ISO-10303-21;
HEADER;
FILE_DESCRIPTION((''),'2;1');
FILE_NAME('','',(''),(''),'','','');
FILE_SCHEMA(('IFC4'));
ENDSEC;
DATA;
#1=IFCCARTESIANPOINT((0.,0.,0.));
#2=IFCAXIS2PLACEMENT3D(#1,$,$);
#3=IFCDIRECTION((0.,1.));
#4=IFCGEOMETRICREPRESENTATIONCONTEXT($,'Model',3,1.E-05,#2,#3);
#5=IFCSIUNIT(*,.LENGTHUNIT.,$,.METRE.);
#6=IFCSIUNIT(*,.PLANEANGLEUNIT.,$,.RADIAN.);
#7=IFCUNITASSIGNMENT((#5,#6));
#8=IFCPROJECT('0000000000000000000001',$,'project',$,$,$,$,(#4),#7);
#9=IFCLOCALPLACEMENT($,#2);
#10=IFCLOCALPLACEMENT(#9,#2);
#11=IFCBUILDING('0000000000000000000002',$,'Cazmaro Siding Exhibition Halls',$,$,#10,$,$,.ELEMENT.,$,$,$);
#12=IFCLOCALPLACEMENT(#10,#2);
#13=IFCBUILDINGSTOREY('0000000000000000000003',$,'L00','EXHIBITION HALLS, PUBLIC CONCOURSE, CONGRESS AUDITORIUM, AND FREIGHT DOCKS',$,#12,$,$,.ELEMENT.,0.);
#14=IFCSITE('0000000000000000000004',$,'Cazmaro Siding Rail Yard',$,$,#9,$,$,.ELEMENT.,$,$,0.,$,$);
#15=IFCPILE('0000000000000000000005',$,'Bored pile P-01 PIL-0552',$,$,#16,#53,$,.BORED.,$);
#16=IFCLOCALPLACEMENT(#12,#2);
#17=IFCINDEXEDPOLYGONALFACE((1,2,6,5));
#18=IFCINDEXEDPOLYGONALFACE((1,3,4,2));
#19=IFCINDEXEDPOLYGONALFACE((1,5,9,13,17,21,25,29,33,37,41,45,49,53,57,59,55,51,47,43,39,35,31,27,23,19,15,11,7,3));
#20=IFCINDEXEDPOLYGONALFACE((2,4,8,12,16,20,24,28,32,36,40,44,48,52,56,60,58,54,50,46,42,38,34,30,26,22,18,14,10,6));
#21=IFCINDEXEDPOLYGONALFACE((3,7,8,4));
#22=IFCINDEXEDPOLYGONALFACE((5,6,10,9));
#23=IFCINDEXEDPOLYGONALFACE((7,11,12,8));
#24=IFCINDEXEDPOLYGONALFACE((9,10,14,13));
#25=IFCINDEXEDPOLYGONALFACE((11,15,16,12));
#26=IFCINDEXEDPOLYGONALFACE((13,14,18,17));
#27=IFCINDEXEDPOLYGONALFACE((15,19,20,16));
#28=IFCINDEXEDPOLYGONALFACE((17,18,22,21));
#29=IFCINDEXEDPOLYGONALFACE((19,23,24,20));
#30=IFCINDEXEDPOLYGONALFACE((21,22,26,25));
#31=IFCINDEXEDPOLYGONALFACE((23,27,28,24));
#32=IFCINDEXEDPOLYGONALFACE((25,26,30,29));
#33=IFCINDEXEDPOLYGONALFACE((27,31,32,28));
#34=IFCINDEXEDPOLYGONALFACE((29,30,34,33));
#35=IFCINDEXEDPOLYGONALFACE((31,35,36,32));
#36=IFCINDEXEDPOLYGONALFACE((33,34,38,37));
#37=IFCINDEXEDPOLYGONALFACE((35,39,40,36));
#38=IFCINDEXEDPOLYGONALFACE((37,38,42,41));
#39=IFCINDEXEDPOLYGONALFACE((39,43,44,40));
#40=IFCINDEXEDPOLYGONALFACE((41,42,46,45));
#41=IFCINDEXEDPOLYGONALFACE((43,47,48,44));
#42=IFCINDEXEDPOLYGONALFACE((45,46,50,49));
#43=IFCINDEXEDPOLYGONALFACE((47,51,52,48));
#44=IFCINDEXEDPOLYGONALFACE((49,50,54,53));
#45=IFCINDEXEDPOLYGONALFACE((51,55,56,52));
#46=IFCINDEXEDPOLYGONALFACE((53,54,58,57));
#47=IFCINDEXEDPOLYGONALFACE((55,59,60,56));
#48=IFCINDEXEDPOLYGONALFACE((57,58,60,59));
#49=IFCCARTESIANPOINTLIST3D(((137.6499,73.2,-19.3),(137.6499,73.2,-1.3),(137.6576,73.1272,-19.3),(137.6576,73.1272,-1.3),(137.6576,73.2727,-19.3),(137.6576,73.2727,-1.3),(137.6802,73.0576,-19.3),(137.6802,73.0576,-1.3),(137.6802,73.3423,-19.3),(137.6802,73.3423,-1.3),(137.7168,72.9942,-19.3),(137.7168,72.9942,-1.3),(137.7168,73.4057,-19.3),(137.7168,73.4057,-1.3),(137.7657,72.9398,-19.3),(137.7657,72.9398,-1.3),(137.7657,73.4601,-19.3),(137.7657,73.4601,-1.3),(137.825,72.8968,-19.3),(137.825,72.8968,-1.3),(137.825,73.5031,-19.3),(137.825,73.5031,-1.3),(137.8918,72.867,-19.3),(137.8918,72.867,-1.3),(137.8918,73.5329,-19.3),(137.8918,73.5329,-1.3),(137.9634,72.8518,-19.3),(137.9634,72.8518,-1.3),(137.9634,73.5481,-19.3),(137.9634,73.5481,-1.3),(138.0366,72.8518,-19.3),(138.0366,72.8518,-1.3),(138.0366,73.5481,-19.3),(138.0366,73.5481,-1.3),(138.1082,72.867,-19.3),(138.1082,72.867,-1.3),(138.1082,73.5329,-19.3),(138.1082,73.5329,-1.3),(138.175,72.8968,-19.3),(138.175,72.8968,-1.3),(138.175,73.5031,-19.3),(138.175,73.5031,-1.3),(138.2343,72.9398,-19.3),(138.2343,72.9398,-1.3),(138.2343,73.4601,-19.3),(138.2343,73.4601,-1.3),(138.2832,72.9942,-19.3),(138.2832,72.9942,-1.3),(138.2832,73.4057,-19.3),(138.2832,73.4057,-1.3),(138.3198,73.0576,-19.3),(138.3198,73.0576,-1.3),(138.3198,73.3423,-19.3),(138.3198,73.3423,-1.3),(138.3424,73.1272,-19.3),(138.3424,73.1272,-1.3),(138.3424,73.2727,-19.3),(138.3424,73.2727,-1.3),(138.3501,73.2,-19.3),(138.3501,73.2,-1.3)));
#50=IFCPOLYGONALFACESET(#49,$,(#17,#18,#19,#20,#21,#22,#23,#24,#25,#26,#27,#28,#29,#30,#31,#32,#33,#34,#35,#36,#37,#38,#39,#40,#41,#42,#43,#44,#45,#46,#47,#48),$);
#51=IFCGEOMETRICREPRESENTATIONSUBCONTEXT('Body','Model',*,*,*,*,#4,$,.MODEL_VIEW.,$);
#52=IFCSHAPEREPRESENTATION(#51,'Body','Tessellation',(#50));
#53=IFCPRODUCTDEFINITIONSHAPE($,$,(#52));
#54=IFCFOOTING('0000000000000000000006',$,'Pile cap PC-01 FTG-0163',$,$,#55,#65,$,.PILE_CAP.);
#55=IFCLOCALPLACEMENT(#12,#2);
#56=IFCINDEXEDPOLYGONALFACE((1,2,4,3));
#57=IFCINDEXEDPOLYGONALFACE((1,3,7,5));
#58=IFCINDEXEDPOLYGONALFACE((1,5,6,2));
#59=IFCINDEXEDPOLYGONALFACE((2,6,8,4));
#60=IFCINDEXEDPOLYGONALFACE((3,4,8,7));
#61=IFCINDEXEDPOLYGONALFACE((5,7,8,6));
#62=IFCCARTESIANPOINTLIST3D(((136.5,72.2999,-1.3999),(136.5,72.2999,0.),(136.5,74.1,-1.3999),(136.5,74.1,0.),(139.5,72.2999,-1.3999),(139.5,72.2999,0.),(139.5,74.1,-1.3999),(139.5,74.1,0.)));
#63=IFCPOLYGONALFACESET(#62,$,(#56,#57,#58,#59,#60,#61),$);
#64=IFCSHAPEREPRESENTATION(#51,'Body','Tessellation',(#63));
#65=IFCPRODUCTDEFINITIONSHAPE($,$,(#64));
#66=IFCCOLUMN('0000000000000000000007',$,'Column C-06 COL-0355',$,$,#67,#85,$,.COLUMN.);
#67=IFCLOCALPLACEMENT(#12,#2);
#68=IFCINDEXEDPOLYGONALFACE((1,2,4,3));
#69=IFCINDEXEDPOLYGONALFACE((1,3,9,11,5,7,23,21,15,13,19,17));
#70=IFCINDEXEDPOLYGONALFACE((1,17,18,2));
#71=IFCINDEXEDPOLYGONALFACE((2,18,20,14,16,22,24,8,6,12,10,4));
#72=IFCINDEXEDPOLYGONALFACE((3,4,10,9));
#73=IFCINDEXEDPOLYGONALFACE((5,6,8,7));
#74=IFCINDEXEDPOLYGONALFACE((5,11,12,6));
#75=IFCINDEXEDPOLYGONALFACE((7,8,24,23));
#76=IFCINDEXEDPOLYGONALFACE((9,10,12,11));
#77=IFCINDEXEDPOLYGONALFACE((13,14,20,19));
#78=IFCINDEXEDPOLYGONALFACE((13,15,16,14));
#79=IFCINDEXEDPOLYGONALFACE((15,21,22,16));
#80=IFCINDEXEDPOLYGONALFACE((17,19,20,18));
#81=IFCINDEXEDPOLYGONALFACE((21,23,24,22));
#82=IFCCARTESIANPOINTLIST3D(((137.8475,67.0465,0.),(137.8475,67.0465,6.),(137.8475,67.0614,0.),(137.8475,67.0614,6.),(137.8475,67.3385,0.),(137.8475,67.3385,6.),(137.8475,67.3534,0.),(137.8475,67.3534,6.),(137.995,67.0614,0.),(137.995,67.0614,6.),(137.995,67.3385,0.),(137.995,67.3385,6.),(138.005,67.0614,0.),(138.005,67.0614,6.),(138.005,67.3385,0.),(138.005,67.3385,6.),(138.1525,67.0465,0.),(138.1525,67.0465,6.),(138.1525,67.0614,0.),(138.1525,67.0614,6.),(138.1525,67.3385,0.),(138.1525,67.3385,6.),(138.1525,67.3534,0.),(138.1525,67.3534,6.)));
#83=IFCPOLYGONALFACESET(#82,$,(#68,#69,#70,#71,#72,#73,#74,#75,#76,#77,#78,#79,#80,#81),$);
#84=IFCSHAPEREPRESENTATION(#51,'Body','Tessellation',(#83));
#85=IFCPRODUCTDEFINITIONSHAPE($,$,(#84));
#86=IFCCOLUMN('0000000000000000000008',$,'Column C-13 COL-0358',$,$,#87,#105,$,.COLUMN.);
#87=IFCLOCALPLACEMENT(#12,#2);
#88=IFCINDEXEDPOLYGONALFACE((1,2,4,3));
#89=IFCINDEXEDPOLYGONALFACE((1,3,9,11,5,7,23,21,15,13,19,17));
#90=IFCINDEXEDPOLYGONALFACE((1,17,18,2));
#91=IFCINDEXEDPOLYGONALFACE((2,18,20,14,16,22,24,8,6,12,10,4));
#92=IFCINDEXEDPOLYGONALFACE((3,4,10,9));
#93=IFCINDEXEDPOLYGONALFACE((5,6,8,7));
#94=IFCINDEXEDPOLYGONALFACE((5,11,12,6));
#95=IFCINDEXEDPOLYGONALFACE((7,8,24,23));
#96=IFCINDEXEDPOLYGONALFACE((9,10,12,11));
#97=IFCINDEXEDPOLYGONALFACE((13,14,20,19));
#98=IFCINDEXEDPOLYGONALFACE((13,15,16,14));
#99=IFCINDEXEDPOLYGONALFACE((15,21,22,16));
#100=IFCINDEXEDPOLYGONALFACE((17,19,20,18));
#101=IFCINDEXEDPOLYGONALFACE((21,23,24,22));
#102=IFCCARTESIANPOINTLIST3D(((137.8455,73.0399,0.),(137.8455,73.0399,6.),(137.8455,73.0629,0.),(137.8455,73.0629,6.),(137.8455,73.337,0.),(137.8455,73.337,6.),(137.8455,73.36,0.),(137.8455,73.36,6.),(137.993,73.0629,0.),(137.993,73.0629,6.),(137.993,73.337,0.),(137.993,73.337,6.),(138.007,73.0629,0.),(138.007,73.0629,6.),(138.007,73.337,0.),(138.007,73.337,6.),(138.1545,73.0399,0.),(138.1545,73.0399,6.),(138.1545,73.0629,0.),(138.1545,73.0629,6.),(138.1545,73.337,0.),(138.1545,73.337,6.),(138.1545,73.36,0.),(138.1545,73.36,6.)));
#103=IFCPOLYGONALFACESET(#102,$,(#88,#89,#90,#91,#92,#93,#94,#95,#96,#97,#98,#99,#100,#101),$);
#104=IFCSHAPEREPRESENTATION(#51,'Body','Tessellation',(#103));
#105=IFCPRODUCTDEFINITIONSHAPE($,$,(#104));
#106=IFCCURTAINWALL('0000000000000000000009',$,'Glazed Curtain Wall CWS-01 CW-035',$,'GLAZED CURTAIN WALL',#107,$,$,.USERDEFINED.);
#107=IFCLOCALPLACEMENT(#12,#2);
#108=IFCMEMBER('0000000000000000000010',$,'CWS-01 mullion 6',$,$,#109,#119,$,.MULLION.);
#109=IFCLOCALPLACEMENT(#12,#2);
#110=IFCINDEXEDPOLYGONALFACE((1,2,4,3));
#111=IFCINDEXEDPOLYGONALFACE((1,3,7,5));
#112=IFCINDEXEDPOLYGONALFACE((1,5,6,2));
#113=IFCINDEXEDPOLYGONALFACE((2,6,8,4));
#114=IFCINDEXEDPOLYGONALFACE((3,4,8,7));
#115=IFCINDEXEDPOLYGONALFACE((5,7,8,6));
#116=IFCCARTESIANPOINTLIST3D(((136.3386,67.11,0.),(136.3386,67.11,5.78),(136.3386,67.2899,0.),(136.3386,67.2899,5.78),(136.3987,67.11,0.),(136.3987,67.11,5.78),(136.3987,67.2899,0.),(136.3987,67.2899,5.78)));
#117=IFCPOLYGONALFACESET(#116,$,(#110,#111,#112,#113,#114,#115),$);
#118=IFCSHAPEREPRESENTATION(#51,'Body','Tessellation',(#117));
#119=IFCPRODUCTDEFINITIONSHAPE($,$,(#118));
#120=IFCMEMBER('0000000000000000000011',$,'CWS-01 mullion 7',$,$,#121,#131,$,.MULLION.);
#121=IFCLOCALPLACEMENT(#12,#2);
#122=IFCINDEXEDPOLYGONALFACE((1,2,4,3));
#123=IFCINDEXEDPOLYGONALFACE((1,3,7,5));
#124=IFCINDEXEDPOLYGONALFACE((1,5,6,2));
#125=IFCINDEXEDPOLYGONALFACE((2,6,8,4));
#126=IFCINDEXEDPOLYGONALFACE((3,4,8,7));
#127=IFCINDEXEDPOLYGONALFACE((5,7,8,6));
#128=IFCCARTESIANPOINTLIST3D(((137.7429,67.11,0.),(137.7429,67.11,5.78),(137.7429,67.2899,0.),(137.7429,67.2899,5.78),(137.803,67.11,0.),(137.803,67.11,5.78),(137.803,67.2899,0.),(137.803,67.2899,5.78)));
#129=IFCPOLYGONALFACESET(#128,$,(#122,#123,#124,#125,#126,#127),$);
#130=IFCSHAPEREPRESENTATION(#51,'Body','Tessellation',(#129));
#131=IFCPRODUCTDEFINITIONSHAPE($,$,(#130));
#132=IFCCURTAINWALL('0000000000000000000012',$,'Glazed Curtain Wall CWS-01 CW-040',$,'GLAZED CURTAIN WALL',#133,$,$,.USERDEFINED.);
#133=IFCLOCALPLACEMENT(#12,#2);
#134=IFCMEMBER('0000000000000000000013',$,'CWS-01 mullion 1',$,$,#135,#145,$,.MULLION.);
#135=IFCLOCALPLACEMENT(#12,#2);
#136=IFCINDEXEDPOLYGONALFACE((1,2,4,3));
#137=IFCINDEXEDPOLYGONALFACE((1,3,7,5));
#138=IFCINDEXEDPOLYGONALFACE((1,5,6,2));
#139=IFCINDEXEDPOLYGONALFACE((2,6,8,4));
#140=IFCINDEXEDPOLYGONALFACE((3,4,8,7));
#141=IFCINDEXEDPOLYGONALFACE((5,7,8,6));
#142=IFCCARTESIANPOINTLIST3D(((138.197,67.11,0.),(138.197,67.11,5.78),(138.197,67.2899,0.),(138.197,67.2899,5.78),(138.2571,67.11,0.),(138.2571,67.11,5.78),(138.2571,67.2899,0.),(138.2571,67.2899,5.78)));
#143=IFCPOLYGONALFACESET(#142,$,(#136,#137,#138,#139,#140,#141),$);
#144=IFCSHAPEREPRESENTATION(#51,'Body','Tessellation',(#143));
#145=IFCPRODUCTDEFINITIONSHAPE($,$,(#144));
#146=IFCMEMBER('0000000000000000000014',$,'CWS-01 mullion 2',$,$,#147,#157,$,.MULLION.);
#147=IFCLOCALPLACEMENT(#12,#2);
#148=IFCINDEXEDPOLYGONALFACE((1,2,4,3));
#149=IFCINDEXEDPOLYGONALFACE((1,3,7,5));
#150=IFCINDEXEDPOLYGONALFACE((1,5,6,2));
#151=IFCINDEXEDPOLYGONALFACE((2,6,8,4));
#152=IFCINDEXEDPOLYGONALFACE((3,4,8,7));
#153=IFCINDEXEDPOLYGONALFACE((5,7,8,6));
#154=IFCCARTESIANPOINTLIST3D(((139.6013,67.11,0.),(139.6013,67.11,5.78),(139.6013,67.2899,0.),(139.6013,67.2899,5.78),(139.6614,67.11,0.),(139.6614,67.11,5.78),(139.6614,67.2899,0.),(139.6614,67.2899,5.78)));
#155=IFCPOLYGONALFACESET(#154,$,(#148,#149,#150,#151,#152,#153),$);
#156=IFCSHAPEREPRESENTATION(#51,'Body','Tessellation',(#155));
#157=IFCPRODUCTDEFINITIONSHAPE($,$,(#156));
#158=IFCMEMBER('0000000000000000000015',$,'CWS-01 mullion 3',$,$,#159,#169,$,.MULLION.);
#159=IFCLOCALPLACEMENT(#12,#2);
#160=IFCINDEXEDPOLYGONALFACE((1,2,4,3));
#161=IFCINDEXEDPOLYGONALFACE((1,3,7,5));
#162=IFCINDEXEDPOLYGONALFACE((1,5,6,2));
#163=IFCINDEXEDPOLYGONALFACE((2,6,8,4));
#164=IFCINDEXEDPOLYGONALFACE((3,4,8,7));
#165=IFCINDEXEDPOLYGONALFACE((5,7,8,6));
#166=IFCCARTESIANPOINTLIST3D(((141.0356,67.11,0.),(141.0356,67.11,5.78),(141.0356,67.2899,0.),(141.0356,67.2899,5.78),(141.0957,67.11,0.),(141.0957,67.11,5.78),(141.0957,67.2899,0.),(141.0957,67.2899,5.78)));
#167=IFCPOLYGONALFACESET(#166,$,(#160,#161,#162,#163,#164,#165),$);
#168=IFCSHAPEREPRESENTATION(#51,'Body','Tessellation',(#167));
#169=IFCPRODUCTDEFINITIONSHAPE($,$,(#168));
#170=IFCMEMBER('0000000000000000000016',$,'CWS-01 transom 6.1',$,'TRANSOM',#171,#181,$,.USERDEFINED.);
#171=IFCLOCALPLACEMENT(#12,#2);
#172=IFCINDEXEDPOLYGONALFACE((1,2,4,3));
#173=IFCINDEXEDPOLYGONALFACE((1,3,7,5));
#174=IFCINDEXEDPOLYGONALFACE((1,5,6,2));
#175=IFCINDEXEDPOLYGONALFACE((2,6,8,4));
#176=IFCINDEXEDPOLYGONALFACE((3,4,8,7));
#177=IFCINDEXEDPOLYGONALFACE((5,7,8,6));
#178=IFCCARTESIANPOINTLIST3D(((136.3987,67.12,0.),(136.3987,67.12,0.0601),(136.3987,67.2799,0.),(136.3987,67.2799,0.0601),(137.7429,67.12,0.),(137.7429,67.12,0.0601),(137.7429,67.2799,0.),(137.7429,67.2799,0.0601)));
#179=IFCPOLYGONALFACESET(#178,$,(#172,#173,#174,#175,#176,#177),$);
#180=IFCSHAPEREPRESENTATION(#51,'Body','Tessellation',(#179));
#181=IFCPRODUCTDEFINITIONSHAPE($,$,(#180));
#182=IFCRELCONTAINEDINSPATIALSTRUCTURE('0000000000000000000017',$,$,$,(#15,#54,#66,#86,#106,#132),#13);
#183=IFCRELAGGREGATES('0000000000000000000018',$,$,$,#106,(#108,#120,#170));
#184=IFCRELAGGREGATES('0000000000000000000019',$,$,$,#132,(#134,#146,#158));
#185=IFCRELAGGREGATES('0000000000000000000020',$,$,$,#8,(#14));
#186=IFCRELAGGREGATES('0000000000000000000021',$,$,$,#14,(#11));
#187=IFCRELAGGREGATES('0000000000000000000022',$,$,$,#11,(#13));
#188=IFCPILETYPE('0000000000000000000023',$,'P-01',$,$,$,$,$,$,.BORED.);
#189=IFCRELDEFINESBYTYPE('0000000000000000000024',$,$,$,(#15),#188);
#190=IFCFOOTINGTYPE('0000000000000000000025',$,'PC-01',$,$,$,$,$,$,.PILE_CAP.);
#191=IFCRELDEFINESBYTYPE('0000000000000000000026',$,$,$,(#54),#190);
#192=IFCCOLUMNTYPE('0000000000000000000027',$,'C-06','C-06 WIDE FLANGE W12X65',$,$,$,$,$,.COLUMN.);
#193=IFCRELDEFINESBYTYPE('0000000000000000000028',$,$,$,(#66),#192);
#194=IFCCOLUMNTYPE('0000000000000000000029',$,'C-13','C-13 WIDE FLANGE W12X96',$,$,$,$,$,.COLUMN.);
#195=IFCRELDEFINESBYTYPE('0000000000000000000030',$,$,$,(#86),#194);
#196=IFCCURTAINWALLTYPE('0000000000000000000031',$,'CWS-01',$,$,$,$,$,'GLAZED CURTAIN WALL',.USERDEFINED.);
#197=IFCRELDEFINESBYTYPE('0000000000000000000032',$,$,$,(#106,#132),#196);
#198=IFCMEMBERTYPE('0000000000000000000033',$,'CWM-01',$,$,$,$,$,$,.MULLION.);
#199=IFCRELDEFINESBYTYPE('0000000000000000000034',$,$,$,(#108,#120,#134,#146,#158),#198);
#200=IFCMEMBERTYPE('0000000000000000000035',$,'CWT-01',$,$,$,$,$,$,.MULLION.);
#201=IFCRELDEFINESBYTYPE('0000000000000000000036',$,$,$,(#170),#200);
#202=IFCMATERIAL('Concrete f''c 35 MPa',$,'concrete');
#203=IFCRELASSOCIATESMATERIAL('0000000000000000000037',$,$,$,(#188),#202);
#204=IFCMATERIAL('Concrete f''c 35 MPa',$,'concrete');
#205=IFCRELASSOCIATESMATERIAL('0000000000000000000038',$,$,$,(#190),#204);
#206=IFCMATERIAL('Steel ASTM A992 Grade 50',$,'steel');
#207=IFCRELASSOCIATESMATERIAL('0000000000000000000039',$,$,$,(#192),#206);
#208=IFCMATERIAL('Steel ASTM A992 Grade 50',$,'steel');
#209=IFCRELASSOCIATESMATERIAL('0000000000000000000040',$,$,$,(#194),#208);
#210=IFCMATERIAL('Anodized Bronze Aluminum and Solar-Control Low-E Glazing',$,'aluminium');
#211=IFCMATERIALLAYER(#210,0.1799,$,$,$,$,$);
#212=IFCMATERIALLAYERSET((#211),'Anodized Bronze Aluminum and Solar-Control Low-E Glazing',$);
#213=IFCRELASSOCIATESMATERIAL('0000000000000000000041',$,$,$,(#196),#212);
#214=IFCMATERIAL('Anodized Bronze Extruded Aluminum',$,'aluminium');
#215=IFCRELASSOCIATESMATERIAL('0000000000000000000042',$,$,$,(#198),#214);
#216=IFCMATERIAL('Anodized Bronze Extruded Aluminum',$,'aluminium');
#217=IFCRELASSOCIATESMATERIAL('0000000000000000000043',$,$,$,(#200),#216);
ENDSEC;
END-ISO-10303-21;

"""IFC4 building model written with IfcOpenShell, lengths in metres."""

from ifc_helpers import new_model, si_unit, direction, frame, origin, origin_2d, place, context, subcontext, project, spatial, rectangle, circle, i_section, extrude, material, layer, layer_set, material_profile, profile_set, type_object, element, aggregate, save


model = new_model("IFC4")

# Units and contexts
model_context = context("Model", 3, precision=1e-05, world=origin(), true_north=direction((0.0, 1.0)))
body_context = subcontext(model_context, "Body", "Model", "MODEL_VIEW")
ifc_project = project(units=[si_unit("LENGTHUNIT", "METRE"), si_unit("PLANEANGLEUNIT", "RADIAN")], contexts=[model_context])

# Site, building, storey
site_placement = place(None, origin())
site = spatial("IfcSite", under=ifc_project, at=site_placement, Name="Cazmaro Siding Rail Yard", CompositionType="ELEMENT", RefElevation=0.0)
building_placement = place(site_placement, origin())
building = spatial("IfcBuilding", under=site, at=building_placement, Name="Cazmaro Siding Exhibition Halls", CompositionType="ELEMENT")
storey_placement = place(building_placement, origin())
storey = spatial("IfcBuildingStorey", under=building, at=storey_placement, Name="L00", Description="EXHIBITION HALLS, PUBLIC CONCOURSE, CONGRESS AUDITORIUM, AND FREIGHT DOCKS", CompositionType="ELEMENT", Elevation=0.0)

# Pile
ifc_material_1 = material(Name="Concrete f'c 35 MPa", Category="concrete")
ifc_material_profile_1 = material_profile(ifc_material_1, circle(Radius=0.3501, at=origin_2d()), Name="CIDH-700")
ifc_profile_set_1 = profile_set([ifc_material_profile_1], Name="Concrete f'c 35 MPa")
pile_type = type_object("IfcPileType", Name="P-01", PredefinedType="BORED", material=ifc_profile_set_1)
pile_placement = place(storey_placement, frame((138.0, 73.2, -1.3), z_axis=(0.0, 0.0, -1.0), x_axis=(1.0, 0.0, 0.0)))
element("IfcPile", 1, at=pile_placement, inside=storey, type_object=pile_type, Name="Bored pile P-01 PIL-0552", PredefinedType="BORED", context=body_context, shape_type="SweptSolid", body=[
    extrude(circle(Radius=0.3501, at=origin_2d()), origin(), (0.0, 0.0, 1.0), 18.0),
])

# Footing
ifc_material_2 = material(Name="Concrete f'c 35 MPa", Category="concrete")
footing_type = type_object("IfcFootingType", Name="PC-01", PredefinedType="PILE_CAP", material=ifc_material_2)
footing_placement = place(storey_placement, frame((138.0, 73.2, -1.3999), z_axis=(0.0, 0.0, 1.0), x_axis=(1.0, 0.0, 0.0)))
element("IfcFooting", 2, at=footing_placement, inside=storey, type_object=footing_type, Name="Pile cap PC-01 FTG-0163", PredefinedType="PILE_CAP", context=body_context, shape_type="SweptSolid", body=[
    extrude(rectangle(XDim=3.0, YDim=1.8, at=origin_2d()), origin(), (0.0, 0.0, 1.0), 1.3999),
])

# Columns
ifc_material_3 = material(Name="Steel ASTM A992 Grade 50", Category="steel")
ifc_material_profile_2 = material_profile(ifc_material_3, i_section(OverallWidth=0.3049, OverallDepth=0.3069, WebThickness=0.01, FlangeThickness=0.0149, at=origin_2d()), Name="W12X65")
ifc_profile_set_2 = profile_set([ifc_material_profile_2], Name="Steel ASTM A992 Grade 50")
column_type_1 = type_object("IfcColumnType", Name="C-06", Description="C-06 WIDE FLANGE W12X65", PredefinedType="COLUMN", material=ifc_profile_set_2)
column_1_placement = place(storey_placement, frame((138.0, 67.2, 0.0), z_axis=(0.0, 0.0, 1.0), x_axis=(1.0, 0.0, 0.0)))
element("IfcColumn", 3, at=column_1_placement, inside=storey, type_object=column_type_1, Name="Column C-06 COL-0355", PredefinedType="COLUMN", context=body_context, shape_type="SweptSolid", body=[
    extrude(i_section(OverallWidth=0.3049, OverallDepth=0.3069, WebThickness=0.01, FlangeThickness=0.0149, at=origin_2d()), origin(), (0.0, 0.0, 1.0), 6.0),
])
ifc_material_4 = material(Name="Steel ASTM A992 Grade 50", Category="steel")
ifc_material_profile_3 = material_profile(ifc_material_4, i_section(OverallWidth=0.3091, OverallDepth=0.3201, WebThickness=0.0139, FlangeThickness=0.0229, at=origin_2d()), Name="W12X96")
ifc_profile_set_3 = profile_set([ifc_material_profile_3], Name="Steel ASTM A992 Grade 50")
column_type_2 = type_object("IfcColumnType", Name="C-13", Description="C-13 WIDE FLANGE W12X96", PredefinedType="COLUMN", material=ifc_profile_set_3)
column_2_placement = place(storey_placement, frame((138.0, 73.2, 0.0), z_axis=(0.0, 0.0, 1.0), x_axis=(1.0, 0.0, 0.0)))
element("IfcColumn", 4, at=column_2_placement, inside=storey, type_object=column_type_2, Name="Column C-13 COL-0358", PredefinedType="COLUMN", context=body_context, shape_type="SweptSolid", body=[
    extrude(i_section(OverallWidth=0.3091, OverallDepth=0.3201, WebThickness=0.0139, FlangeThickness=0.0229, at=origin_2d()), origin(), (0.0, 0.0, 1.0), 6.0),
])

# Curtain walls, members
ifc_material_5 = material(Name="Anodized Bronze Aluminum and Solar-Control Low-E Glazing", Category="aluminium")
ifc_layer_1 = layer(ifc_material_5, 0.1799)
ifc_layer_set_1 = layer_set([ifc_layer_1], Name="Anodized Bronze Aluminum and Solar-Control Low-E Glazing")
curtain_wall_type = type_object("IfcCurtainWallType", Name="CWS-01", ElementType="GLAZED CURTAIN WALL", PredefinedType="USERDEFINED", material=ifc_layer_set_1)
curtain_wall_1_placement = place(storey_placement, origin())
curtain_wall_1 = element("IfcCurtainWall", 5, at=curtain_wall_1_placement, inside=storey, type_object=curtain_wall_type, Name="Glazed Curtain Wall CWS-01 CW-035", ObjectType="GLAZED CURTAIN WALL", PredefinedType="USERDEFINED")
ifc_material_6 = material(Name="Anodized Bronze Extruded Aluminum", Category="aluminium")
ifc_material_profile_4 = material_profile(ifc_material_6, rectangle(XDim=0.1799, YDim=0.0601, at=origin_2d()), Name="CWM-01")
ifc_profile_set_4 = profile_set([ifc_material_profile_4], Name="Anodized Bronze Extruded Aluminum")
member_type_1 = type_object("IfcMemberType", Name="CWM-01", PredefinedType="MULLION", material=ifc_profile_set_4)
member_1_placement = place(storey_placement, frame((136.3687, 67.2, 0.0), z_axis=(0.0, 0.0, 1.0), x_axis=(0.0, 1.0, 0.0)))
member_1 = element("IfcMember", 6, at=member_1_placement, type_object=member_type_1, Name="CWS-01 mullion 6", PredefinedType="MULLION", context=body_context, shape_type="SweptSolid", body=[
    extrude(rectangle(XDim=0.1799, YDim=0.0601, at=origin_2d()), origin(), (0.0, 0.0, 1.0), 5.78),
])
member_2_placement = place(storey_placement, frame((137.7729, 67.2, 0.0), z_axis=(0.0, 0.0, 1.0), x_axis=(0.0, 1.0, 0.0)))
member_2 = element("IfcMember", 7, at=member_2_placement, type_object=member_type_1, Name="CWS-01 mullion 7", PredefinedType="MULLION", context=body_context, shape_type="SweptSolid", body=[
    extrude(rectangle(XDim=0.1799, YDim=0.0601, at=origin_2d()), origin(), (0.0, 0.0, 1.0), 5.78),
])
curtain_wall_2_placement = place(storey_placement, origin())
curtain_wall_2 = element("IfcCurtainWall", 8, at=curtain_wall_2_placement, inside=storey, type_object=curtain_wall_type, Name="Glazed Curtain Wall CWS-01 CW-040", ObjectType="GLAZED CURTAIN WALL", PredefinedType="USERDEFINED")
member_3_placement = place(storey_placement, frame((138.2271, 67.2, 0.0), z_axis=(0.0, 0.0, 1.0), x_axis=(0.0, 1.0, 0.0)))
member_3 = element("IfcMember", 9, at=member_3_placement, type_object=member_type_1, Name="CWS-01 mullion 1", PredefinedType="MULLION", context=body_context, shape_type="SweptSolid", body=[
    extrude(rectangle(XDim=0.1799, YDim=0.0601, at=origin_2d()), origin(), (0.0, 0.0, 1.0), 5.78),
])
member_4_placement = place(storey_placement, frame((139.6313, 67.2, 0.0), z_axis=(0.0, 0.0, 1.0), x_axis=(0.0, 1.0, 0.0)))
member_4 = element("IfcMember", 10, at=member_4_placement, type_object=member_type_1, Name="CWS-01 mullion 2", PredefinedType="MULLION", context=body_context, shape_type="SweptSolid", body=[
    extrude(rectangle(XDim=0.1799, YDim=0.0601, at=origin_2d()), origin(), (0.0, 0.0, 1.0), 5.78),
])
member_5_placement = place(storey_placement, frame((141.0657, 67.2, 0.0), z_axis=(0.0, 0.0, 1.0), x_axis=(0.0, 1.0, 0.0)))
member_5 = element("IfcMember", 11, at=member_5_placement, type_object=member_type_1, Name="CWS-01 mullion 3", PredefinedType="MULLION", context=body_context, shape_type="SweptSolid", body=[
    extrude(rectangle(XDim=0.1799, YDim=0.0601, at=origin_2d()), origin(), (0.0, 0.0, 1.0), 5.78),
])

# Member
ifc_material_7 = material(Name="Anodized Bronze Extruded Aluminum", Category="aluminium")
ifc_material_profile_5 = material_profile(ifc_material_7, rectangle(XDim=0.1599, YDim=0.0601, at=origin_2d()), Name="CWT-01")
ifc_profile_set_5 = profile_set([ifc_material_profile_5], Name="Anodized Bronze Extruded Aluminum")
member_type_2 = type_object("IfcMemberType", Name="CWT-01", PredefinedType="MULLION", material=ifc_profile_set_5)
member_6_placement = place(storey_placement, frame((136.3987, 67.2, 0.03), z_axis=(1.0, 0.0, 0.0), x_axis=(0.0, 1.0, 0.0)))
member_6 = element("IfcMember", 12, at=member_6_placement, type_object=member_type_2, Name="CWS-01 transom 6.1", ObjectType="TRANSOM", PredefinedType="USERDEFINED", context=body_context, shape_type="SweptSolid", body=[
    extrude(rectangle(XDim=0.1599, YDim=0.0601, at=origin_2d()), origin(), (0.0, 0.0, 1.0), 1.3442),
])

aggregate(curtain_wall_1, [member_1, member_2, member_6])
aggregate(curtain_wall_2, [member_3, member_4, member_5])

save(model, "model.ifc")
